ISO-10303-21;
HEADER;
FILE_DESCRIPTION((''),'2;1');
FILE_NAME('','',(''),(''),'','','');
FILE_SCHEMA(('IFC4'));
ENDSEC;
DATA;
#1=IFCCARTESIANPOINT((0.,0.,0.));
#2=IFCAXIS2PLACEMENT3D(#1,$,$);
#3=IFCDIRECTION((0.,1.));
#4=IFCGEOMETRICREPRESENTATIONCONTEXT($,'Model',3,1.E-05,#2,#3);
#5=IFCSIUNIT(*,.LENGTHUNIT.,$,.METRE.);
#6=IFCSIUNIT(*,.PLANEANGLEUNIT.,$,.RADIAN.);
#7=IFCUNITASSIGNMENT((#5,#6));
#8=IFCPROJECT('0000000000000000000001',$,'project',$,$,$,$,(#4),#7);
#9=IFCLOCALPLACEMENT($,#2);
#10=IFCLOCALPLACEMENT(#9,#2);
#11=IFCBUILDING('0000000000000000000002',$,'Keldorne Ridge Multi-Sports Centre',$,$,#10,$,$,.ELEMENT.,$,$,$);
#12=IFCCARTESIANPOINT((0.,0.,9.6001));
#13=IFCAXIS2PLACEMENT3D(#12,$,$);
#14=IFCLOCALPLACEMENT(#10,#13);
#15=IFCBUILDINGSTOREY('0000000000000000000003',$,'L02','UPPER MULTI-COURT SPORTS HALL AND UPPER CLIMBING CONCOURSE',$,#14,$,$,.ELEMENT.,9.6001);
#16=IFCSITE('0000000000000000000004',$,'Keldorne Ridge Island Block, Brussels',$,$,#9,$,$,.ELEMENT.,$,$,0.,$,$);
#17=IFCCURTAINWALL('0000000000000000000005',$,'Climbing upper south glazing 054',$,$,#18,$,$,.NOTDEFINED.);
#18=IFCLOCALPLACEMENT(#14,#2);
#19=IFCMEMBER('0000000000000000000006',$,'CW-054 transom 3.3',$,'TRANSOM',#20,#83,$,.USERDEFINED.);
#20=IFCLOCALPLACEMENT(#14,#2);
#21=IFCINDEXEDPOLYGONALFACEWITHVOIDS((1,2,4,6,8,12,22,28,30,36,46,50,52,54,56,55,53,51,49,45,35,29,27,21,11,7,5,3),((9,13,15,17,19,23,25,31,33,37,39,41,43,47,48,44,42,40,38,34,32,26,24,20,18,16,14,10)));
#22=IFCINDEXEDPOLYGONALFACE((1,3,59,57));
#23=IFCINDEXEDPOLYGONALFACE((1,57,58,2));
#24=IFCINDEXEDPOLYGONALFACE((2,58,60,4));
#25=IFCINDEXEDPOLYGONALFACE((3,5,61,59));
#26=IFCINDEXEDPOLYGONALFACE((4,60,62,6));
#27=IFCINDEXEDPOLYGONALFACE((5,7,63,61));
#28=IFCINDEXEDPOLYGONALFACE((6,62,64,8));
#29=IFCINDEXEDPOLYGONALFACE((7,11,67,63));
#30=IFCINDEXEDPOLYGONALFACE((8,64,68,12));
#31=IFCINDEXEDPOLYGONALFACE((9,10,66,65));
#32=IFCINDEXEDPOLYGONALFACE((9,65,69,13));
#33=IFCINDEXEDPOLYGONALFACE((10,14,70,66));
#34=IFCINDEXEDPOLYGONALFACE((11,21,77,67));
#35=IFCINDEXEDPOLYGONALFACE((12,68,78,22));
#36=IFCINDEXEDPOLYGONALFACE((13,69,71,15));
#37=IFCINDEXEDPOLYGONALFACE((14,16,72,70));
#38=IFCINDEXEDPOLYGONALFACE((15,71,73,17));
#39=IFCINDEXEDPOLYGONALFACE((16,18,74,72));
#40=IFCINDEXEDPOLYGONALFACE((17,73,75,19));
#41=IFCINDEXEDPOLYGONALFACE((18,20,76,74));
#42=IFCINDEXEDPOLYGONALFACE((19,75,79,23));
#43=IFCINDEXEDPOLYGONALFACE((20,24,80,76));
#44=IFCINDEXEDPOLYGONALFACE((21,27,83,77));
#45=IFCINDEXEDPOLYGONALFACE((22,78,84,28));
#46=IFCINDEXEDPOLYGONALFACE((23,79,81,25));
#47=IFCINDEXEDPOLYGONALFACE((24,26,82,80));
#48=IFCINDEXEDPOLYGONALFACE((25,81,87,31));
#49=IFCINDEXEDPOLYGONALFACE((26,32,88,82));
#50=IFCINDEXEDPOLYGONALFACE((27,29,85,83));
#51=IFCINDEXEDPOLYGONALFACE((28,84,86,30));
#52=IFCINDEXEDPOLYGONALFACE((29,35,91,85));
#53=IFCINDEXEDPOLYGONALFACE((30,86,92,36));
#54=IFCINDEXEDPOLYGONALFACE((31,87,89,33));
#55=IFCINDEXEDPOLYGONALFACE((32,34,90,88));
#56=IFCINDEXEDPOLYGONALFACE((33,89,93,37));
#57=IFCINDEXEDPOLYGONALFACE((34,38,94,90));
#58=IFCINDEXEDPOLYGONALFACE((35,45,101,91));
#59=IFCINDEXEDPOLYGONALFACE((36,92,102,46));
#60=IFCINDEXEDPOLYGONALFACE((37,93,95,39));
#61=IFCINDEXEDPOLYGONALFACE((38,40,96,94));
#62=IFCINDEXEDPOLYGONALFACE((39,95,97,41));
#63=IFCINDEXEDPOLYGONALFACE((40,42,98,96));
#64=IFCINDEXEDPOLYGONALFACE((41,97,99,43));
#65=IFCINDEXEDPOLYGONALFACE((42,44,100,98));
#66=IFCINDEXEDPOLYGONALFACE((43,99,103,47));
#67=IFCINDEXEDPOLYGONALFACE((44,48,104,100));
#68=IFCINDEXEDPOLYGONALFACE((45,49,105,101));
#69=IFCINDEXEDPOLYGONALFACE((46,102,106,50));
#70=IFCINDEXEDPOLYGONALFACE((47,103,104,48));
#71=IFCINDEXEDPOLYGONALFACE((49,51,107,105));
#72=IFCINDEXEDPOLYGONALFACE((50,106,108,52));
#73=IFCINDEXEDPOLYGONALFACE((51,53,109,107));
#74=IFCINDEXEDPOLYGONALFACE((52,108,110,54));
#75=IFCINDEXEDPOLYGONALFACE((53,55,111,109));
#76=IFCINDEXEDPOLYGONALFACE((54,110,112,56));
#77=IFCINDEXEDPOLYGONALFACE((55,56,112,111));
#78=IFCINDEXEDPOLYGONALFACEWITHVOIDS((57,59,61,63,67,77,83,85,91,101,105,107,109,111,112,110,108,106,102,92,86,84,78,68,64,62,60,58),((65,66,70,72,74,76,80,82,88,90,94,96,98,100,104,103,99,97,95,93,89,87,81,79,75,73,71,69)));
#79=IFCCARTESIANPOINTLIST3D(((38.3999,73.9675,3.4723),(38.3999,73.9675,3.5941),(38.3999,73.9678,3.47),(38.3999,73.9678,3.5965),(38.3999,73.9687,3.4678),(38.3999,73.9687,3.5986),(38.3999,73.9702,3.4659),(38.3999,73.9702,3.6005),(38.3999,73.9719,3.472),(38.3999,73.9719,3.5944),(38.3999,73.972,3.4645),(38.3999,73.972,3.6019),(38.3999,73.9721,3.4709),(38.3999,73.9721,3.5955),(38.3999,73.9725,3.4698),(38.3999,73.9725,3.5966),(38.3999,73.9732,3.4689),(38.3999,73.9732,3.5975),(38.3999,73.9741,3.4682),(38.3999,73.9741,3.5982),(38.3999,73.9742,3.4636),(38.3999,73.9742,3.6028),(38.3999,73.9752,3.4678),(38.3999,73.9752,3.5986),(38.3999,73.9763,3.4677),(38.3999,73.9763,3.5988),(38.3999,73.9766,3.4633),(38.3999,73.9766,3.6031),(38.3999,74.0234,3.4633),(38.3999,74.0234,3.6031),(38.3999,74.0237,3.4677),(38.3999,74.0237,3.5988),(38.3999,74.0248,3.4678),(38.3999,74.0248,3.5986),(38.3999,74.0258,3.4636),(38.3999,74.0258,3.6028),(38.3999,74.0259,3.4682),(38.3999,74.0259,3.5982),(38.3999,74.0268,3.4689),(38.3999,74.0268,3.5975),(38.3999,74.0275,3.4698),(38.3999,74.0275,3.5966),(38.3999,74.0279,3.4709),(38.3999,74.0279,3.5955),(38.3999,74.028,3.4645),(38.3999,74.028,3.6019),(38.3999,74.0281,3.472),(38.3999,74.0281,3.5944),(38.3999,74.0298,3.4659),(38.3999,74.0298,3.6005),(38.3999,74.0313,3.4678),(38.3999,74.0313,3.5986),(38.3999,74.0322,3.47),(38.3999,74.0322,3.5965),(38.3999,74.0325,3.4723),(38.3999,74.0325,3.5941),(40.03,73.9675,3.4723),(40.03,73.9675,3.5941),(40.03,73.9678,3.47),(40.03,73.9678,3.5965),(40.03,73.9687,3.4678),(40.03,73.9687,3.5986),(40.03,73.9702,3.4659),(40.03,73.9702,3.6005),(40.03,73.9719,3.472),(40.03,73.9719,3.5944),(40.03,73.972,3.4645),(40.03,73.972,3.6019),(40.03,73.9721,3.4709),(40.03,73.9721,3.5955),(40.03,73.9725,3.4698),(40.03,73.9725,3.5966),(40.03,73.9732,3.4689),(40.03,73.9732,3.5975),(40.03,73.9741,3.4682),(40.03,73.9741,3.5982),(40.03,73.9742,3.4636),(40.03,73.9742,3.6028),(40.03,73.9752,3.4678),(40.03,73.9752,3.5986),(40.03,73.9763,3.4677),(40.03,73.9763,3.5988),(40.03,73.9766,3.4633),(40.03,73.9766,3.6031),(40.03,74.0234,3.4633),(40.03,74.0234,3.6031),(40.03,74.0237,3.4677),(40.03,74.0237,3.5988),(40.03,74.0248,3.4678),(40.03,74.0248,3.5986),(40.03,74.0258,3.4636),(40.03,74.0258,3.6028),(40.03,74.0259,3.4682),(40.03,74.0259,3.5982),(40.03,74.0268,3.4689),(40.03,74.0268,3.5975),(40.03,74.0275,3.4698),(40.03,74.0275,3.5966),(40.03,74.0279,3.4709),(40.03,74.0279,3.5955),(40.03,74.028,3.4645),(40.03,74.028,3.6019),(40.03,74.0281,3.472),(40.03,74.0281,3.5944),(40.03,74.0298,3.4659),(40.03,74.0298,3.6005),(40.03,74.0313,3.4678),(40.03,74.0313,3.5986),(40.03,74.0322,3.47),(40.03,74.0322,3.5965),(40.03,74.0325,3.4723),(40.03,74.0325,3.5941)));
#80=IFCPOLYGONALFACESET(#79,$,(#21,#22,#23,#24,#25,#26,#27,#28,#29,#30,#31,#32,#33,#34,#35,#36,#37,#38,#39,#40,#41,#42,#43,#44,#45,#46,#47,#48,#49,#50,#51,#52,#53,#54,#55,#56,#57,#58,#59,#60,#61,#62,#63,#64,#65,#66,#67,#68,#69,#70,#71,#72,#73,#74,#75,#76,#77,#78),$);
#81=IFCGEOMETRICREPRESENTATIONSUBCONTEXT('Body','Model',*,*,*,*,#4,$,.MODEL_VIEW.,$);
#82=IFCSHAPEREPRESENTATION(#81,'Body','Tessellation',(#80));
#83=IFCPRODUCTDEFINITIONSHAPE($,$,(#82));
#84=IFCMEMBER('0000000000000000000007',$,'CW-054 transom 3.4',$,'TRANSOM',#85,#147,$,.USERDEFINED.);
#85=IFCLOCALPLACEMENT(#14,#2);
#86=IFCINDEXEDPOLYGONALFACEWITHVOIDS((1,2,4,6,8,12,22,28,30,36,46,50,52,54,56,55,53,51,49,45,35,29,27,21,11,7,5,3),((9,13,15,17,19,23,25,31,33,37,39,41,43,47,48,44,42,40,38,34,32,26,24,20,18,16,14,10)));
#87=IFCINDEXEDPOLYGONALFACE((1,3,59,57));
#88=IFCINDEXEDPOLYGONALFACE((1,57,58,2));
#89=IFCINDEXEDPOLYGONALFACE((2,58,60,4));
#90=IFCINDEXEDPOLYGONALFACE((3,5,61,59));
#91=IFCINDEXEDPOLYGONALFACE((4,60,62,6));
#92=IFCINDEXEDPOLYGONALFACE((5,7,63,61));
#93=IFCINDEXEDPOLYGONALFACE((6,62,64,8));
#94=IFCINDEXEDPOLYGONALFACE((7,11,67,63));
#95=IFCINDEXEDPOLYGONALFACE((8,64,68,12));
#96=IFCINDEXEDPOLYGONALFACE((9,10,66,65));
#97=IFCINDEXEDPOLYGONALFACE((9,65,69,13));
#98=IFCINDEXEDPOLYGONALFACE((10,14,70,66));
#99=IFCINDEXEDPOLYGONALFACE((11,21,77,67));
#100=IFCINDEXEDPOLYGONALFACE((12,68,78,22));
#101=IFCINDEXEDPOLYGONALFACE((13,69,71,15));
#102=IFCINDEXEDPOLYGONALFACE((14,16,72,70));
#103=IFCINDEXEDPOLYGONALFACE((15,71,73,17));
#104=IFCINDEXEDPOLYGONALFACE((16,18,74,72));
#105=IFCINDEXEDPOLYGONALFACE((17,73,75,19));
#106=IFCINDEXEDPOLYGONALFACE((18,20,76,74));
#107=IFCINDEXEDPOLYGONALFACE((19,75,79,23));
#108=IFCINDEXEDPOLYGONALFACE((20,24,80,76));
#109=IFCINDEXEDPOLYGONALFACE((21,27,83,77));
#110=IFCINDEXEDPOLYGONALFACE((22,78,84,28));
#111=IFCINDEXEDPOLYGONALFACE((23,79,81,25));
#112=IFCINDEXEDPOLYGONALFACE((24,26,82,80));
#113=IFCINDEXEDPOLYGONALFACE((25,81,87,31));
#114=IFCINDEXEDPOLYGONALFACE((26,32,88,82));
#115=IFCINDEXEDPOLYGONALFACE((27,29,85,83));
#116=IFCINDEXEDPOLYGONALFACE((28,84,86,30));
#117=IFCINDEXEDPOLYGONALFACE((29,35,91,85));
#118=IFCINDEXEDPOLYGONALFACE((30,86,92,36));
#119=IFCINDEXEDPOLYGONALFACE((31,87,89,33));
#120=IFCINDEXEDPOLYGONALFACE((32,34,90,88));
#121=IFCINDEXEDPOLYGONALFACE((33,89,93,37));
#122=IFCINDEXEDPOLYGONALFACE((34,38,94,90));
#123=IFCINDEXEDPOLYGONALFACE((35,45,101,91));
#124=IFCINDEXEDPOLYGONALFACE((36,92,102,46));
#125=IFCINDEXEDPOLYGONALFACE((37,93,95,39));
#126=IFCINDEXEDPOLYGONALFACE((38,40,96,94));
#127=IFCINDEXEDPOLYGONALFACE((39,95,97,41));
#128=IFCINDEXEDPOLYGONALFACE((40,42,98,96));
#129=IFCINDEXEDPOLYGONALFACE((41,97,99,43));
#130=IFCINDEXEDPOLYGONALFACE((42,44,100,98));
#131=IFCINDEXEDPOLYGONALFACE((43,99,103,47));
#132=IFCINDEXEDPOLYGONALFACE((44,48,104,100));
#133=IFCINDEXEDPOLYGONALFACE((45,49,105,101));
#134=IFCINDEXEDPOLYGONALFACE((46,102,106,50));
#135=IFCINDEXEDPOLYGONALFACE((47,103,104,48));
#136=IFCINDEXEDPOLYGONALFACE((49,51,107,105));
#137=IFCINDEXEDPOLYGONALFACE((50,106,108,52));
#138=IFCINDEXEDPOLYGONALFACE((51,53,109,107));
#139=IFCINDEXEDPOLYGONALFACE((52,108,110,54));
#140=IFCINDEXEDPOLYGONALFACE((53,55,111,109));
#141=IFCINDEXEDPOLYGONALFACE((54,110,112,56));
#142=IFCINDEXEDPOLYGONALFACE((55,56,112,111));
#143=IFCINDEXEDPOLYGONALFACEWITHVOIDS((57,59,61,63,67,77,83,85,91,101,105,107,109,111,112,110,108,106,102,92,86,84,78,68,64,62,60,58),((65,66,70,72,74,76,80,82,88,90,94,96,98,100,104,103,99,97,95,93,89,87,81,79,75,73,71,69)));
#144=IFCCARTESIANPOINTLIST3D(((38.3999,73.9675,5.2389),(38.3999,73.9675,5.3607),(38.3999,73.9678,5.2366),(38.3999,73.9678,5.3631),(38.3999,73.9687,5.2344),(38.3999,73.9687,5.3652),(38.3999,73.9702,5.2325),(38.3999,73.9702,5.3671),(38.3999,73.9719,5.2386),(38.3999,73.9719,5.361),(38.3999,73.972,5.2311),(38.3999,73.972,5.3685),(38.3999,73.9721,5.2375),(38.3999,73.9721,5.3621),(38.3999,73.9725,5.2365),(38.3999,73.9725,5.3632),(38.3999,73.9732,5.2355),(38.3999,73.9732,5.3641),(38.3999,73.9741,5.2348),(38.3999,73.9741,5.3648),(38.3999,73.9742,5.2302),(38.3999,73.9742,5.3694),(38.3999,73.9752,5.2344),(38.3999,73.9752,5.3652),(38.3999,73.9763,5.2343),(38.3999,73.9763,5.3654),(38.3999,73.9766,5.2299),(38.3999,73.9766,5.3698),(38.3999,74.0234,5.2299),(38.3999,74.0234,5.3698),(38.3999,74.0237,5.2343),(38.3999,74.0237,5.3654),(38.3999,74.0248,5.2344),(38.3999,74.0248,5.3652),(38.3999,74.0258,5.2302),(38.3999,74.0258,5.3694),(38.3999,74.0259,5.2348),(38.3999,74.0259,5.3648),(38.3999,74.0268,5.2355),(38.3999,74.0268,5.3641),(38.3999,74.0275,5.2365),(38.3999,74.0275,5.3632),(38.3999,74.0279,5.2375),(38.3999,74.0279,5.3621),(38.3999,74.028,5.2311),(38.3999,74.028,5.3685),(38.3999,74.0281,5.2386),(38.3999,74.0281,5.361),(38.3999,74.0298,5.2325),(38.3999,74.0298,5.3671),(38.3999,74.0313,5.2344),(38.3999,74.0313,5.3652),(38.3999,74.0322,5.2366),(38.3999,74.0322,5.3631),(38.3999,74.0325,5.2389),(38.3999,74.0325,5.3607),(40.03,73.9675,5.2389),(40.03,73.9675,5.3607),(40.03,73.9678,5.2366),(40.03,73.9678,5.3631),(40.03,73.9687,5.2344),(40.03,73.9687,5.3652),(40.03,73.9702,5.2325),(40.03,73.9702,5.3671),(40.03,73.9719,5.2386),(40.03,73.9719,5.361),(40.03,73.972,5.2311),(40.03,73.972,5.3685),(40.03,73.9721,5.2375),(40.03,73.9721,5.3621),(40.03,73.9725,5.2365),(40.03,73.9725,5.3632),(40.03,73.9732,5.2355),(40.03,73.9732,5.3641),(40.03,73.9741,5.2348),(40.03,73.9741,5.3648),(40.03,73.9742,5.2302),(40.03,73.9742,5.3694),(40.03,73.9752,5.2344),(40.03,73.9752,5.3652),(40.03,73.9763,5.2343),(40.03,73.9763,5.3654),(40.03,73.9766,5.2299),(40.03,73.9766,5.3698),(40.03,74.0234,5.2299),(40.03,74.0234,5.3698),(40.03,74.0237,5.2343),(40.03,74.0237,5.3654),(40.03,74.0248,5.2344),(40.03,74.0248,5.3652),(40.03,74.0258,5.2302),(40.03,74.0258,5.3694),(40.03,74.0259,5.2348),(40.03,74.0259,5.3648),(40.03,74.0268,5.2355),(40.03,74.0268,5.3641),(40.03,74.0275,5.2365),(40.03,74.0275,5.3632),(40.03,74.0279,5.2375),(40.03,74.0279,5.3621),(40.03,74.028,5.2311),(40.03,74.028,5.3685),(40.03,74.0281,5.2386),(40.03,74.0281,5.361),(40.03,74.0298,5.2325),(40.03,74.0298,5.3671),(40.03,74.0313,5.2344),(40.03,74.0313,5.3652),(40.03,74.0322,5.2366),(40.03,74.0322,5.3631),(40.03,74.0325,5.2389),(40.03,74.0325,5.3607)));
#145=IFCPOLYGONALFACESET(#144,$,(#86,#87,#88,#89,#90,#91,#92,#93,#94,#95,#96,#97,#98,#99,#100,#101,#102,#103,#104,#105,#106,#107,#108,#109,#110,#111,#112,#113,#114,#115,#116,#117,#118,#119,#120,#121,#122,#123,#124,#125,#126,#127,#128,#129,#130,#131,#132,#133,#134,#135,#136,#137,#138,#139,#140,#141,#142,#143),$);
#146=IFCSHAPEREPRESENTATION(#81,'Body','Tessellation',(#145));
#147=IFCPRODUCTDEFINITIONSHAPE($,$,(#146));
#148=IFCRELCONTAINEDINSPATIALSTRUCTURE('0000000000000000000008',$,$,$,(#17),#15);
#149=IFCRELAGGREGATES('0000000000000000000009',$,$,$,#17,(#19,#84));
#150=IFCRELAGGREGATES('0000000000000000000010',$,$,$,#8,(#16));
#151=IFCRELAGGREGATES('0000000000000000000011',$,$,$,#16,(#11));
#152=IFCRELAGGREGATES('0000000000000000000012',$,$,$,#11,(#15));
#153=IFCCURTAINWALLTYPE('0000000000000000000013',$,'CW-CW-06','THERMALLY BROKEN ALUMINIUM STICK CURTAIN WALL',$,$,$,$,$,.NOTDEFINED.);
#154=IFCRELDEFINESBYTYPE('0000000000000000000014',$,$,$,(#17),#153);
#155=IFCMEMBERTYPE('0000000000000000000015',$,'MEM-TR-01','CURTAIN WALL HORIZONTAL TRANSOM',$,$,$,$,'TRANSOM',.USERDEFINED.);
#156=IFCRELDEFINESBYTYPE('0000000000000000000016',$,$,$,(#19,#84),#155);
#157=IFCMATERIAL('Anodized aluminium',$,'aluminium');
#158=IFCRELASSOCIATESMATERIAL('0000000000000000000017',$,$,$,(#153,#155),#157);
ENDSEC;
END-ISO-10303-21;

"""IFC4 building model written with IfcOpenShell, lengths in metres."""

from ifc_helpers import new_model, si_unit, direction, frame, origin, origin_2d, place, context, subcontext, project, spatial, hollow_rectangle, extrude, material, material_profile, profile_set, type_object, element, aggregate, save


model = new_model("IFC4")

# Units and contexts
model_context = context("Model", 3, precision=1e-05, world=origin(), true_north=direction((0.0, 1.0)))
body_context = subcontext(model_context, "Body", "Model", "MODEL_VIEW")
ifc_project = project(units=[si_unit("LENGTHUNIT", "METRE"), si_unit("PLANEANGLEUNIT", "RADIAN")], contexts=[model_context])

# Site, building, storey
site_placement = place(None, origin())
site = spatial("IfcSite", under=ifc_project, at=site_placement, Name="Keldorne Ridge Island Block, Brussels", CompositionType="ELEMENT", RefElevation=0.0)
building_placement = place(site_placement, origin())
building = spatial("IfcBuilding", under=site, at=building_placement, Name="Keldorne Ridge Multi-Sports Centre", CompositionType="ELEMENT")
storey_placement = place(building_placement, frame((0.0, 0.0, 9.6001)))
storey = spatial("IfcBuildingStorey", under=building, at=storey_placement, Name="L02", Description="UPPER MULTI-COURT SPORTS HALL AND UPPER CLIMBING CONCOURSE", CompositionType="ELEMENT", Elevation=9.6001)

# Curtain wall, members
ifc_material_1 = material(Name="Anodized aluminium", Category="aluminium")
curtain_wall_type_1 = type_object("IfcCurtainWallType", Name="CW-CW-06", Description="THERMALLY BROKEN ALUMINIUM STICK CURTAIN WALL", PredefinedType="NOTDEFINED", material=ifc_material_1)
curtain_wall_1_placement = place(storey_placement, origin())
curtain_wall_1 = element("IfcCurtainWall", 1, at=curtain_wall_1_placement, inside=storey, type_object=curtain_wall_type_1, Name="Climbing upper south glazing 054", PredefinedType="NOTDEFINED")
ifc_material_profile_1 = material_profile(ifc_material_1, hollow_rectangle(XDim=0.0649, YDim=0.1399, WallThickness=0.0044, InnerFilletRadius=0.0044, OuterFilletRadius=0.009, at=origin_2d()), Name="ALU TRANSOM 140x65x4.5")
ifc_profile_set_1 = profile_set([ifc_material_profile_1], Name="Anodized aluminium")
member_type_1 = type_object("IfcMemberType", Name="MEM-TR-01", Description="CURTAIN WALL HORIZONTAL TRANSOM", ElementType="TRANSOM", PredefinedType="USERDEFINED", material=ifc_profile_set_1)
member_1_placement = place(storey_placement, frame((38.3999, 74.0, 3.5332), z_axis=(1.0, 0.0, 0.0), x_axis=(0.0, 1.0, 0.0)))
member_1 = element("IfcMember", 2, at=member_1_placement, type_object=member_type_1, Name="CW-054 transom 3.3", ObjectType="TRANSOM", PredefinedType="USERDEFINED", context=body_context, shape_type="SweptSolid", body=[
    extrude(hollow_rectangle(XDim=0.0649, YDim=0.1399, WallThickness=0.0044, InnerFilletRadius=0.0044, OuterFilletRadius=0.009, at=origin_2d()), origin(), (0.0, 0.0, 1.0), 1.6301),
])
member_2_placement = place(storey_placement, frame((38.3999, 74.0, 5.2998), z_axis=(1.0, 0.0, 0.0), x_axis=(0.0, 1.0, 0.0)))
member_2 = element("IfcMember", 3, at=member_2_placement, type_object=member_type_1, Name="CW-054 transom 3.4", ObjectType="TRANSOM", PredefinedType="USERDEFINED", context=body_context, shape_type="SweptSolid", body=[
    extrude(hollow_rectangle(XDim=0.0649, YDim=0.1399, WallThickness=0.0044, InnerFilletRadius=0.0044, OuterFilletRadius=0.009, at=origin_2d()), origin(), (0.0, 0.0, 1.0), 1.6301),
])

aggregate(curtain_wall_1, [member_1, member_2])

save(model, "model.ifc")
